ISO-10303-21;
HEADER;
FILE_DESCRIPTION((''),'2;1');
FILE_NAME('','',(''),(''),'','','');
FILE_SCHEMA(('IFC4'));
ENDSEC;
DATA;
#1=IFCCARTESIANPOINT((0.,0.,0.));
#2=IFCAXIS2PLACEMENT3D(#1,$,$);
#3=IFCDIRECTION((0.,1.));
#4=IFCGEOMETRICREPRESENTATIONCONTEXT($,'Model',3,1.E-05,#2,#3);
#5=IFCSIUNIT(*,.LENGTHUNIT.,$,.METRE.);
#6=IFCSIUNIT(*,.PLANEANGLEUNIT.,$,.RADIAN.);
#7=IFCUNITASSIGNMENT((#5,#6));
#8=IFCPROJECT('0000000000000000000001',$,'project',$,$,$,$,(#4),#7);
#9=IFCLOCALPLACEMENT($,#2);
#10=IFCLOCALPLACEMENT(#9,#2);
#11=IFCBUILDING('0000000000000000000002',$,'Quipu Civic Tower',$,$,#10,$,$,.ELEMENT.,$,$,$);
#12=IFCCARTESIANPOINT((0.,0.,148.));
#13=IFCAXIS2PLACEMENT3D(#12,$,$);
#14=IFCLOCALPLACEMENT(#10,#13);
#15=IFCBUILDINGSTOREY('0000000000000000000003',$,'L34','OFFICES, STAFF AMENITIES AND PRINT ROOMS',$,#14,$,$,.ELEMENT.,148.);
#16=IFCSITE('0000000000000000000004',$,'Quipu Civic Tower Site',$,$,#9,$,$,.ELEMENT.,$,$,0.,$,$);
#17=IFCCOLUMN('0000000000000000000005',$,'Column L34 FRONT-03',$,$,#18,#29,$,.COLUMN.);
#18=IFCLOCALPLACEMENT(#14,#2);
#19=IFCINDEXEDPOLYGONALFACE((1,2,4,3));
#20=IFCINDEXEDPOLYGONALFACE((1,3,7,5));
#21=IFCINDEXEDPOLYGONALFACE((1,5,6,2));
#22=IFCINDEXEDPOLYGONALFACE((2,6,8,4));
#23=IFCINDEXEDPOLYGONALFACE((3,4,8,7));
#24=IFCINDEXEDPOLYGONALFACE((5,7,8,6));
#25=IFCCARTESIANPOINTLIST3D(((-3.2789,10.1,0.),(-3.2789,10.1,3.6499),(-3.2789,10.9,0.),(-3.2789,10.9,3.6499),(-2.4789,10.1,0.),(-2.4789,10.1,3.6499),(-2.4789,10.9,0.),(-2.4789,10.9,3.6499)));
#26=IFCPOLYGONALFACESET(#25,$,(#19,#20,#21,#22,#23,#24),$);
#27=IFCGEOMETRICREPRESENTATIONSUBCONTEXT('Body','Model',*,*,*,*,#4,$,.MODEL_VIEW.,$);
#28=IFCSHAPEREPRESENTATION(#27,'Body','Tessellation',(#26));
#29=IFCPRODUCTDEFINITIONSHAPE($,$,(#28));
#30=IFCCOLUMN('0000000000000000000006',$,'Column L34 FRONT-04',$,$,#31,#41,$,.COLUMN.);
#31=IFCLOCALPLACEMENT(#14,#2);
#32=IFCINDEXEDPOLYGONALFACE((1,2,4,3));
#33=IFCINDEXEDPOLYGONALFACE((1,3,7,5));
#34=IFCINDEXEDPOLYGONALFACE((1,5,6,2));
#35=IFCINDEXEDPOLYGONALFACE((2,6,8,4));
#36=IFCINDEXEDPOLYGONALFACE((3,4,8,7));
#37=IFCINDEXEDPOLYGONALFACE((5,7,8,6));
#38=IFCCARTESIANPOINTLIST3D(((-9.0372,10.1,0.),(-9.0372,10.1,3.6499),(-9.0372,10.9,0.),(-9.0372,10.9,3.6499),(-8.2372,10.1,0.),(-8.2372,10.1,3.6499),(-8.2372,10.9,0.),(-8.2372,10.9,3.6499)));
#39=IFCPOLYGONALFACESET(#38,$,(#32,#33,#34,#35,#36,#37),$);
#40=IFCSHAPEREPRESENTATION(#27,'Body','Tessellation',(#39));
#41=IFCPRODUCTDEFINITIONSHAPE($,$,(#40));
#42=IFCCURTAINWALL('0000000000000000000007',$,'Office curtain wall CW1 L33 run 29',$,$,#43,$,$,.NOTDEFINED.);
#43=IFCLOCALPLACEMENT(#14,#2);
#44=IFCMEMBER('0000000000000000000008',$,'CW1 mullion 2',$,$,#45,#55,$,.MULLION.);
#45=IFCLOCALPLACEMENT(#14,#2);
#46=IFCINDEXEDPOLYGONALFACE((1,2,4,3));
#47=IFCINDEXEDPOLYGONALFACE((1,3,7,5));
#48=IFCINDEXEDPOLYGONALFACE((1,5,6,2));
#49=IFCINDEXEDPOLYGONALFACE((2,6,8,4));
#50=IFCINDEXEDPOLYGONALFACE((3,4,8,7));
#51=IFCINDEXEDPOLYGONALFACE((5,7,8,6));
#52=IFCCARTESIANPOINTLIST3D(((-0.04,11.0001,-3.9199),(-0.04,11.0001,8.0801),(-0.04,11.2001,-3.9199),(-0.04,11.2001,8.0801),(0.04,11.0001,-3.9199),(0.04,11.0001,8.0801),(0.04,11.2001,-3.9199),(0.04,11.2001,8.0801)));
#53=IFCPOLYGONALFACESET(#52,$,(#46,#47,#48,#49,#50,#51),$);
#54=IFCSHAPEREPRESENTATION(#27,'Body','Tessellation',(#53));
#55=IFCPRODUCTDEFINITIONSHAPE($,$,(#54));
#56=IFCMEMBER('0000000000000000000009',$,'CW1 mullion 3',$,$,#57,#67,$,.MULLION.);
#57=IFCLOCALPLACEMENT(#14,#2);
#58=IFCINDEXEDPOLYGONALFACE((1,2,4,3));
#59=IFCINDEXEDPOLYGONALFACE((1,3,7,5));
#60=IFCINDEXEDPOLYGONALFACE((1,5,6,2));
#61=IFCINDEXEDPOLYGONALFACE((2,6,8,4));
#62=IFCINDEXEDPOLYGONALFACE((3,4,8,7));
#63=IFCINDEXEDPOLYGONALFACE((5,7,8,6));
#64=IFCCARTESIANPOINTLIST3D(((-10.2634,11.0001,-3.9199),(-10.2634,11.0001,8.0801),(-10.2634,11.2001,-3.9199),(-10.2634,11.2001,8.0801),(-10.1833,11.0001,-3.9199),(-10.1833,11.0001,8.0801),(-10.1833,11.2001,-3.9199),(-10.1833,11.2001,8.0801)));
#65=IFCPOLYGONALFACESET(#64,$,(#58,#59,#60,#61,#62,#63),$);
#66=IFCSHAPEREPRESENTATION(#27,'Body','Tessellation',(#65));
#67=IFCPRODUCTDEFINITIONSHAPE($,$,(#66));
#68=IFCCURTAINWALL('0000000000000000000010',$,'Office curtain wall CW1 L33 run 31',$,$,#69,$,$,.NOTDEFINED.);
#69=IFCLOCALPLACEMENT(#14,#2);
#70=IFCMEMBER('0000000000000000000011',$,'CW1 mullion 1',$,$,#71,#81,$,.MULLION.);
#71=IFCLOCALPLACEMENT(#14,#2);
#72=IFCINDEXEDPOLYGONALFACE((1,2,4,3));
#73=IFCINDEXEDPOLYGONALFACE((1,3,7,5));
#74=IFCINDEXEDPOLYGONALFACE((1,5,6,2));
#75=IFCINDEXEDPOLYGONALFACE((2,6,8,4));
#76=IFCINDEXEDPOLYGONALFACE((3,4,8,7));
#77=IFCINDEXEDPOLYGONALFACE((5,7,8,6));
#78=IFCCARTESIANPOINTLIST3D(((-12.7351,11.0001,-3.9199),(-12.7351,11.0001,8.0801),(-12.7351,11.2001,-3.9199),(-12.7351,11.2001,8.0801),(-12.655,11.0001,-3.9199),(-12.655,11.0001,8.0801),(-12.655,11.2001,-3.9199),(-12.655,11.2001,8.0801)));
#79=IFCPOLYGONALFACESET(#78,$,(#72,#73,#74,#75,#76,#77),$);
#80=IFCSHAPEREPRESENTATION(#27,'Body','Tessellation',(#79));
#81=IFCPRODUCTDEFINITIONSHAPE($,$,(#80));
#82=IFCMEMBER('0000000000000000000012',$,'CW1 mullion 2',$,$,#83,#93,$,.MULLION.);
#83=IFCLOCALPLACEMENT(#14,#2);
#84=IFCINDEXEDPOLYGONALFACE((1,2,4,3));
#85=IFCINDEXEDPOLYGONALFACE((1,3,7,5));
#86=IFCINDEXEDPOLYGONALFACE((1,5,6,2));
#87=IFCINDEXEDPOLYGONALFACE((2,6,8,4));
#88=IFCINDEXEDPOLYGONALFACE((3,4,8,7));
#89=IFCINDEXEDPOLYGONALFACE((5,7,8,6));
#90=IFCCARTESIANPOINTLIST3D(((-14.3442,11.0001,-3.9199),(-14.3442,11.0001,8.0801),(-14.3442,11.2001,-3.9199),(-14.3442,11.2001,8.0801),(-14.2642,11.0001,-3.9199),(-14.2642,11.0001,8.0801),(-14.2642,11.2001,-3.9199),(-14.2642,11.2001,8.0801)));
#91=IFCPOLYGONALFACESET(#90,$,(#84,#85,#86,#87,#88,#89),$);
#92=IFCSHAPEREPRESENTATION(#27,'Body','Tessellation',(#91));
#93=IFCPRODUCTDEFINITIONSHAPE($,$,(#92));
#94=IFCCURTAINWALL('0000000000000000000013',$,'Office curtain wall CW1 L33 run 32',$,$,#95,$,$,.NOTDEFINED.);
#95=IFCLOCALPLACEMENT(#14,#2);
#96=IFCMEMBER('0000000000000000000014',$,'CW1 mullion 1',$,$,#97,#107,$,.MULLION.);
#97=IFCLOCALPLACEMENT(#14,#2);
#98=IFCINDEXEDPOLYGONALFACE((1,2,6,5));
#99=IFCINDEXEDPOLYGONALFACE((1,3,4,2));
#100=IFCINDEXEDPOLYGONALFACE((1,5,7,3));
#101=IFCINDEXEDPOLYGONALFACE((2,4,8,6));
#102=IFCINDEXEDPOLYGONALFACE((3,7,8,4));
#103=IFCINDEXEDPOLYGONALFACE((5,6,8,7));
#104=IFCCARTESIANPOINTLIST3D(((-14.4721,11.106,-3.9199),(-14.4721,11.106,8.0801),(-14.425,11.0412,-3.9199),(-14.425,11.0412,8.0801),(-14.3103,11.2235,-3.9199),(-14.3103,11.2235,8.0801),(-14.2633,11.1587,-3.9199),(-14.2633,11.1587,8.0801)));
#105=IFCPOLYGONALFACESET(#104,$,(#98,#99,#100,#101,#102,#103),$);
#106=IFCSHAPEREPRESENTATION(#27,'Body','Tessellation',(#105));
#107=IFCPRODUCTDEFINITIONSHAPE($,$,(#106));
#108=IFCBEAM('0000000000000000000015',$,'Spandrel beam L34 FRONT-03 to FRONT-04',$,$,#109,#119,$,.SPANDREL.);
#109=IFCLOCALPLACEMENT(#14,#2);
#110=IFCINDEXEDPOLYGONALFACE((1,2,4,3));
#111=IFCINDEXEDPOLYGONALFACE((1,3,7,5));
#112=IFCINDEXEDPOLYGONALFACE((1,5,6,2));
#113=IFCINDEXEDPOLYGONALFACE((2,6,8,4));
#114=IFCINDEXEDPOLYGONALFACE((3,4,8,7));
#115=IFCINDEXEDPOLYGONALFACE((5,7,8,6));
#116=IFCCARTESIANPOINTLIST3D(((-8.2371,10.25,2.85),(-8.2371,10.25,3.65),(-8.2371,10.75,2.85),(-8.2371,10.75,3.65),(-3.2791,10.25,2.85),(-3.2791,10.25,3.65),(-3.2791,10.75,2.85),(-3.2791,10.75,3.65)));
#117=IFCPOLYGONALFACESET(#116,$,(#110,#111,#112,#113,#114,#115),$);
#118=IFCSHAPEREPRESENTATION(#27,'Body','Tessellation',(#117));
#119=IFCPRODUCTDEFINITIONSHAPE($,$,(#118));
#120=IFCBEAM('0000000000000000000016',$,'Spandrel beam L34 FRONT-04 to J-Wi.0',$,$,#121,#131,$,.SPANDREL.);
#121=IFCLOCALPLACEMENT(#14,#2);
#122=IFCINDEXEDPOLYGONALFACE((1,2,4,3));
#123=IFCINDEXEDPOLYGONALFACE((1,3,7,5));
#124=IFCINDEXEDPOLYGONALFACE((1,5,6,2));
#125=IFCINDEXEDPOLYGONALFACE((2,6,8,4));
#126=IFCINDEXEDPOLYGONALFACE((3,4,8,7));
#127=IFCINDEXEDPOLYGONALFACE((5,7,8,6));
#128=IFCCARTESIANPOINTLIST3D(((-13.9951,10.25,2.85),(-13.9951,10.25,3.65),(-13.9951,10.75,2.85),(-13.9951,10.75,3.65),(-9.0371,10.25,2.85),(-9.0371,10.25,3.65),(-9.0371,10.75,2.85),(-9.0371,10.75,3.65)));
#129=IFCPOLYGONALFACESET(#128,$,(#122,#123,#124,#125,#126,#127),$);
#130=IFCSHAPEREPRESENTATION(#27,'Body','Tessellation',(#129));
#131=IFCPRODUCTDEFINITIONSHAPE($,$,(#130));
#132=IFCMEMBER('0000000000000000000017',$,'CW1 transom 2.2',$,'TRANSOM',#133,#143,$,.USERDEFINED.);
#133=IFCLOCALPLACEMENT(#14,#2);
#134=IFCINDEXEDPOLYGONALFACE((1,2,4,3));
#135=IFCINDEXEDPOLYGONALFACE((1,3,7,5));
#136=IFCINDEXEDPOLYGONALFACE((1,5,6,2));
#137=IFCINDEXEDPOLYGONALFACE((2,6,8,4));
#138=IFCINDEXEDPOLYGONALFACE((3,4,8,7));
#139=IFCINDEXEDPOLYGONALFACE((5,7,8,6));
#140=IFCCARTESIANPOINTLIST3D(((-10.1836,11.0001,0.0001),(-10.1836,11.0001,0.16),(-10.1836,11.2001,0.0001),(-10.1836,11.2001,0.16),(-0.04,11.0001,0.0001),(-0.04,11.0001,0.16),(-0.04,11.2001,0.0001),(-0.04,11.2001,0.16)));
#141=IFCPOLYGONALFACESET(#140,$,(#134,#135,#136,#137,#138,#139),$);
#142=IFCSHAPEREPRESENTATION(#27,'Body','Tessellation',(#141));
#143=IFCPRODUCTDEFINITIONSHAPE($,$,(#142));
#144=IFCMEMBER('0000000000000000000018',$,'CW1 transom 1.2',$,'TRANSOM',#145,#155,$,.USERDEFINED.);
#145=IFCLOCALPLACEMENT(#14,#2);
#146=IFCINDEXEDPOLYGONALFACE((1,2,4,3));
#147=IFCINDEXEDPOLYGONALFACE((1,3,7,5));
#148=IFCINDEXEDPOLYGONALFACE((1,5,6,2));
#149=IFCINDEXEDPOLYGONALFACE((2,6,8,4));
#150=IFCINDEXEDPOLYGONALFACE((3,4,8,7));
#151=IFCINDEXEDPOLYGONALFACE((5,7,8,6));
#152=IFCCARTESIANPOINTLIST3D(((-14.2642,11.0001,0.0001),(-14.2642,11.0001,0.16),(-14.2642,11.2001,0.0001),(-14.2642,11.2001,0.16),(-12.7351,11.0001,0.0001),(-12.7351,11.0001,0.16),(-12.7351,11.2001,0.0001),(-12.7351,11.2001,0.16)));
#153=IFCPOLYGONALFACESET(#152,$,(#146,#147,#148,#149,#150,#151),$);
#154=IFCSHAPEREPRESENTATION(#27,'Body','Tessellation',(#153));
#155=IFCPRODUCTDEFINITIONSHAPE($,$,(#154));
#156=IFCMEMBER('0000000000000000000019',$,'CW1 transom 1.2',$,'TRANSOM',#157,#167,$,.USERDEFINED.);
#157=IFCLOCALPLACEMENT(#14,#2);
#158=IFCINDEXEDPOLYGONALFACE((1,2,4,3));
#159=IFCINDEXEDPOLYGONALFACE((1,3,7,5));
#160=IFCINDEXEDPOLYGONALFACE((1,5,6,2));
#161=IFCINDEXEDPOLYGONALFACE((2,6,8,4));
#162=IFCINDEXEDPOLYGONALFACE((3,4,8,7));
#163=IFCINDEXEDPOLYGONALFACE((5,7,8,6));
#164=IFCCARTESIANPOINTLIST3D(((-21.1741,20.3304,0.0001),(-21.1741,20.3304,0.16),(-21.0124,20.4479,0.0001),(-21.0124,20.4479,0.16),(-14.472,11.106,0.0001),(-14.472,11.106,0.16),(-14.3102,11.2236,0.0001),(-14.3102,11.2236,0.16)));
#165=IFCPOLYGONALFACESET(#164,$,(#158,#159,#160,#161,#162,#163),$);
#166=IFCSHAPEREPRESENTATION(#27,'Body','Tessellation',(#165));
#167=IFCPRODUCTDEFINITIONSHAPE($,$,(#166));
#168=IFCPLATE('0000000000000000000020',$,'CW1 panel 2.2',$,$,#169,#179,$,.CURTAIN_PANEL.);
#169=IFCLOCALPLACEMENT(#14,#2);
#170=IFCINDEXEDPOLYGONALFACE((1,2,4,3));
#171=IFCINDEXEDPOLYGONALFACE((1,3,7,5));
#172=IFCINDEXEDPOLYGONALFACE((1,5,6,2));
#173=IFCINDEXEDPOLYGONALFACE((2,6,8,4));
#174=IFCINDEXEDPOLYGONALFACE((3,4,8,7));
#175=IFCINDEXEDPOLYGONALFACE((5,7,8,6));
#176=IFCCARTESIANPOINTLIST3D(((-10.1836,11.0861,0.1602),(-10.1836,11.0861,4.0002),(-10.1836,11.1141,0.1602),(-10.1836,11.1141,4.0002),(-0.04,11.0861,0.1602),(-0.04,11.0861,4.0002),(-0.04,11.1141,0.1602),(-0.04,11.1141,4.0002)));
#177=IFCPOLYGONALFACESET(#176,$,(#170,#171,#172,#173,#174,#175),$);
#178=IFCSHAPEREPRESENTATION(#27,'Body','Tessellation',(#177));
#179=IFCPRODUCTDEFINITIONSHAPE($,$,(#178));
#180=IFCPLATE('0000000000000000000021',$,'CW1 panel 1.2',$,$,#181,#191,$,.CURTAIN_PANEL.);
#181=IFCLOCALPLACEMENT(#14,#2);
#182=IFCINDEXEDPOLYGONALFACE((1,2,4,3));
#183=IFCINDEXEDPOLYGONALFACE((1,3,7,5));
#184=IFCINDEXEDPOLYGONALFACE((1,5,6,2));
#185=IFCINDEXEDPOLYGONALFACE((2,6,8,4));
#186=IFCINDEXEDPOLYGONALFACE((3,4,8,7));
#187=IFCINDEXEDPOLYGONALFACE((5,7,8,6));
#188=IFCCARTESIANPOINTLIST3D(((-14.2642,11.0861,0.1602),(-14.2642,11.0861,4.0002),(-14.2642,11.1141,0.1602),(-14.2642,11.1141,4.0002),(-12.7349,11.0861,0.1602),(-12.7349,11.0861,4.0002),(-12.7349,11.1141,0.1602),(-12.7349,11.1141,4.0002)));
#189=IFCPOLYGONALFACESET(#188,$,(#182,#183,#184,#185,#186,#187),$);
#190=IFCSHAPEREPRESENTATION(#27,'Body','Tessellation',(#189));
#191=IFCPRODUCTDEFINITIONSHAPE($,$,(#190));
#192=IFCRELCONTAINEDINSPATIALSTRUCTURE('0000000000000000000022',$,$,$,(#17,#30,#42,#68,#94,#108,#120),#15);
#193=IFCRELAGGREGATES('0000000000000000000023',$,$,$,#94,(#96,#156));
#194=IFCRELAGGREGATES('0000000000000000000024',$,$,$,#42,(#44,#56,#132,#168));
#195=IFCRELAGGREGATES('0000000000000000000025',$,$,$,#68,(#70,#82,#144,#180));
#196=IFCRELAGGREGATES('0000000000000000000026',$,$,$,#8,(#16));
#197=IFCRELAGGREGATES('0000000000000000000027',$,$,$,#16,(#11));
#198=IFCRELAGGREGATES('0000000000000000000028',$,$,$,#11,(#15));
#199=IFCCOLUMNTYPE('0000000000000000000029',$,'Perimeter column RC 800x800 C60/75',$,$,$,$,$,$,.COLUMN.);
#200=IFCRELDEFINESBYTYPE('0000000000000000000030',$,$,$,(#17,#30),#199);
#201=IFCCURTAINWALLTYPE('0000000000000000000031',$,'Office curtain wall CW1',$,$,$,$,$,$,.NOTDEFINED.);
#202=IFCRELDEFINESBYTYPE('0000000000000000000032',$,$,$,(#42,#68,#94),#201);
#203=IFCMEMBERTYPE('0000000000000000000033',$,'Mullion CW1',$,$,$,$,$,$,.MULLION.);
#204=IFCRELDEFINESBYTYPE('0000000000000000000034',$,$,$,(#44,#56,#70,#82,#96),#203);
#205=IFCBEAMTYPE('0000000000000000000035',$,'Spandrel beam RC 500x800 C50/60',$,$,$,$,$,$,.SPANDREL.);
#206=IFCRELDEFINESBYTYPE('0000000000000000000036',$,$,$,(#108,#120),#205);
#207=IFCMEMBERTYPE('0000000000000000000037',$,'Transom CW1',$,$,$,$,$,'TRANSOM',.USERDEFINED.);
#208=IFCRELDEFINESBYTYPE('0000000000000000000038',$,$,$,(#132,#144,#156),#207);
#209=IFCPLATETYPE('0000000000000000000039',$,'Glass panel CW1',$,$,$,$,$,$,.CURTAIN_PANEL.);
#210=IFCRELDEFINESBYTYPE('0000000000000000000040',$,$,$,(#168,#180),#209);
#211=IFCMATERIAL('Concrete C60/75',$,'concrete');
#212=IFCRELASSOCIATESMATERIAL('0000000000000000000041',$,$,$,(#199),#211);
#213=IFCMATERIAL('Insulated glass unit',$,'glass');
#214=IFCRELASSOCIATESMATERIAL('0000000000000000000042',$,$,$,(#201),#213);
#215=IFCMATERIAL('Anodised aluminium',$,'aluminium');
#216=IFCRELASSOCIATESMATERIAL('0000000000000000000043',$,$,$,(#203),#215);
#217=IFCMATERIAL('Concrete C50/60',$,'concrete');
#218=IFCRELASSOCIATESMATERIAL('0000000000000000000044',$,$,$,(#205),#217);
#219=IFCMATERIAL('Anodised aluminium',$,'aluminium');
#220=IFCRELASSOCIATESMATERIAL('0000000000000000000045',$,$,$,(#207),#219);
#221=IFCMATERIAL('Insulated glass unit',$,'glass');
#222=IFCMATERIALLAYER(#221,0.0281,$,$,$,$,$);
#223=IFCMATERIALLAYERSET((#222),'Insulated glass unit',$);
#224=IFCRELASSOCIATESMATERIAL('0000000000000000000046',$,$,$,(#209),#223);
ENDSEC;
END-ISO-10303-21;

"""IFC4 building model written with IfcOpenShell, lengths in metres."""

from ifc_helpers import new_model, si_unit, direction, frame, origin, origin_2d, place, context, subcontext, project, spatial, rectangle, extrude, material, layer, layer_set, material_profile, profile_set, type_object, element, aggregate, save


model = new_model("IFC4")

# Units and contexts
model_context = context("Model", 3, precision=1e-05, world=origin(), true_north=direction((0.0, 1.0)))
body_context = subcontext(model_context, "Body", "Model", "MODEL_VIEW")
ifc_project = project(units=[si_unit("LENGTHUNIT", "METRE"), si_unit("PLANEANGLEUNIT", "RADIAN")], contexts=[model_context])

# Site, building, storey
site_placement = place(None, origin())
site = spatial("IfcSite", under=ifc_project, at=site_placement, Name="Quipu Civic Tower Site", CompositionType="ELEMENT", RefElevation=0.0)
building_placement = place(site_placement, origin())
building = spatial("IfcBuilding", under=site, at=building_placement, Name="Quipu Civic Tower", CompositionType="ELEMENT")
storey_placement = place(building_placement, frame((0.0, 0.0, 148.0)))
storey = spatial("IfcBuildingStorey", under=building, at=storey_placement, Name="L34", Description="OFFICES, STAFF AMENITIES AND PRINT ROOMS", CompositionType="ELEMENT", Elevation=148.0)

# Columns
ifc_material_1 = material(Name="Concrete C60/75", Category="concrete")
ifc_material_profile_1 = material_profile(ifc_material_1, rectangle(XDim=0.8, YDim=0.8, at=origin_2d()), Name="RC800x800")
ifc_profile_set_1 = profile_set([ifc_material_profile_1], Name="Concrete C60/75")
column_type = type_object("IfcColumnType", Name="Perimeter column RC 800x800 C60/75", PredefinedType="COLUMN", material=ifc_profile_set_1)
for number, where, z_axis, x_axis, name in (
    (1, (-2.8789, 10.5, 0.0), (0.0, 0.0, 1.0), (-1.0, 0.0, 0.0), "Column L34 FRONT-03"),
    (2, (-8.6372, 10.5, 0.0), (0.0, 0.0, 1.0), (-1.0, 0.0, 0.0), "Column L34 FRONT-04"),
):
    element("IfcColumn", number, at=place(storey_placement, frame(where, z_axis=z_axis, x_axis=x_axis)), inside=storey, type_object=column_type, Name=name, PredefinedType="COLUMN", context=body_context, shape_type="SweptSolid", body=[
        extrude(rectangle(XDim=0.8, YDim=0.8, at=origin_2d()), origin(), (0.0, 0.0, 1.0), 3.6499),
    ])

# Curtain walls, members
ifc_material_2 = material(Name="Insulated glass unit", Category="glass")
curtain_wall_type = type_object("IfcCurtainWallType", Name="Office curtain wall CW1", PredefinedType="NOTDEFINED", material=ifc_material_2)
curtain_wall_1_placement = place(storey_placement, origin())
curtain_wall_1 = element("IfcCurtainWall", 3, at=curtain_wall_1_placement, inside=storey, type_object=curtain_wall_type, Name="Office curtain wall CW1 L33 run 29", PredefinedType="NOTDEFINED")
ifc_material_3 = material(Name="Anodised aluminium", Category="aluminium")
ifc_material_profile_2 = material_profile(ifc_material_3, rectangle(XDim=0.2, YDim=0.0801, at=origin_2d()), Name="RECT 200x80")
ifc_profile_set_2 = profile_set([ifc_material_profile_2], Name="Anodised aluminium")
member_type_1 = type_object("IfcMemberType", Name="Mullion CW1", PredefinedType="MULLION", material=ifc_profile_set_2)
member_1_placement = place(storey_placement, frame((0.0, 11.1001, -3.9199), z_axis=(0.0, 0.0, 1.0), x_axis=(0.0, -1.0, 0.0)))
member_1 = element("IfcMember", 4, at=member_1_placement, type_object=member_type_1, Name="CW1 mullion 2", PredefinedType="MULLION", context=body_context, shape_type="SweptSolid", body=[
    extrude(rectangle(XDim=0.2, YDim=0.0801, at=origin_2d()), origin(), (0.0, 0.0, 1.0), 12.0),
])
member_2_placement = place(storey_placement, frame((-10.2234, 11.1001, -3.9199), z_axis=(0.0, 0.0, 1.0), x_axis=(0.0, -1.0, 0.0)))
member_2 = element("IfcMember", 5, at=member_2_placement, type_object=member_type_1, Name="CW1 mullion 3", PredefinedType="MULLION", context=body_context, shape_type="SweptSolid", body=[
    extrude(rectangle(XDim=0.2, YDim=0.0801, at=origin_2d()), origin(), (0.0, 0.0, 1.0), 12.0),
])
curtain_wall_2_placement = place(storey_placement, origin())
curtain_wall_2 = element("IfcCurtainWall", 6, at=curtain_wall_2_placement, inside=storey, type_object=curtain_wall_type, Name="Office curtain wall CW1 L33 run 31", PredefinedType="NOTDEFINED")
member_3_placement = place(storey_placement, frame((-12.6951, 11.1001, -3.9199), z_axis=(0.0, 0.0, 1.0), x_axis=(0.0, -1.0, 0.0)))
member_3 = element("IfcMember", 7, at=member_3_placement, type_object=member_type_1, Name="CW1 mullion 1", PredefinedType="MULLION", context=body_context, shape_type="SweptSolid", body=[
    extrude(rectangle(XDim=0.2, YDim=0.0801, at=origin_2d()), origin(), (0.0, 0.0, 1.0), 12.0),
])
member_4_placement = place(storey_placement, frame((-14.3042, 11.1001, -3.9199), z_axis=(0.0, 0.0, 1.0), x_axis=(0.0, -1.0, 0.0)))
member_4 = element("IfcMember", 8, at=member_4_placement, type_object=member_type_1, Name="CW1 mullion 2", PredefinedType="MULLION", context=body_context, shape_type="SweptSolid", body=[
    extrude(rectangle(XDim=0.2, YDim=0.0801, at=origin_2d()), origin(), (0.0, 0.0, 1.0), 12.0),
])

# Curtain wall, member
curtain_wall_3_placement = place(storey_placement, origin())
curtain_wall_3 = element("IfcCurtainWall", 9, at=curtain_wall_3_placement, inside=storey, type_object=curtain_wall_type, Name="Office curtain wall CW1 L33 run 32", PredefinedType="NOTDEFINED")
member_5_placement = place(storey_placement, frame((-14.3677, 11.1323, -3.9199), z_axis=(0.0, 0.0, 1.0), x_axis=(-0.809014, -0.587789, 0.0)))
member_5 = element("IfcMember", 10, at=member_5_placement, type_object=member_type_1, Name="CW1 mullion 1", PredefinedType="MULLION", context=body_context, shape_type="SweptSolid", body=[
    extrude(rectangle(XDim=0.2, YDim=0.0801, at=origin_2d()), origin(), (0.0, 0.0, 1.0), 12.0),
])

# Beams
ifc_material_4 = material(Name="Concrete C50/60", Category="concrete")
ifc_material_profile_3 = material_profile(ifc_material_4, rectangle(XDim=0.5, YDim=0.8, at=origin_2d()), Name="RC500x800")
ifc_profile_set_3 = profile_set([ifc_material_profile_3], Name="Concrete C50/60")
beam_type = type_object("IfcBeamType", Name="Spandrel beam RC 500x800 C50/60", PredefinedType="SPANDREL", material=ifc_profile_set_3)
for number, where, z_axis, x_axis, name in (
    (11, (-3.2791, 10.5, 3.25), (-1.0, 0.0, 0.0), (0.0, -1.0, 0.0), "Spandrel beam L34 FRONT-03 to FRONT-04"),
    (12, (-9.0371, 10.5, 3.25), (-1.0, 0.0, 0.0), (0.0, -1.0, 0.0), "Spandrel beam L34 FRONT-04 to J-Wi.0"),
):
    element("IfcBeam", number, at=place(storey_placement, frame(where, z_axis=z_axis, x_axis=x_axis)), inside=storey, type_object=beam_type, Name=name, PredefinedType="SPANDREL", context=body_context, shape_type="SweptSolid", body=[
        extrude(rectangle(XDim=0.5, YDim=0.8, at=origin_2d()), origin(), (0.0, 0.0, 1.0), 4.958),
    ])

# Members
ifc_material_5 = material(Name="Anodised aluminium", Category="aluminium")
ifc_material_profile_4 = material_profile(ifc_material_5, rectangle(XDim=0.2, YDim=0.1599, at=origin_2d()), Name="RECT 200x160")
ifc_profile_set_4 = profile_set([ifc_material_profile_4], Name="Anodised aluminium")
member_type_2 = type_object("IfcMemberType", Name="Transom CW1", ElementType="TRANSOM", PredefinedType="USERDEFINED", material=ifc_profile_set_4)
member_6_placement = place(storey_placement, frame((-0.04, 11.1001, 0.0801), z_axis=(-1.0, 0.0, 0.0), x_axis=(0.0, -1.0, 0.0)))
member_6 = element("IfcMember", 13, at=member_6_placement, type_object=member_type_2, Name="CW1 transom 2.2", ObjectType="TRANSOM", PredefinedType="USERDEFINED", context=body_context, shape_type="SweptSolid", body=[
    extrude(rectangle(XDim=0.2, YDim=0.1599, at=origin_2d()), origin(), (0.0, 0.0, 1.0), 10.1436),
])
member_7_placement = place(storey_placement, frame((-12.7351, 11.1001, 0.0801), z_axis=(-1.0, 0.0, 0.0), x_axis=(0.0, -1.0, 0.0)))
member_7 = element("IfcMember", 14, at=member_7_placement, type_object=member_type_2, Name="CW1 transom 1.2", ObjectType="TRANSOM", PredefinedType="USERDEFINED", context=body_context, shape_type="SweptSolid", body=[
    extrude(rectangle(XDim=0.2, YDim=0.1599, at=origin_2d()), origin(), (0.0, 0.0, 1.0), 1.5291),
])
member_8_placement = place(storey_placement, frame((-14.3911, 11.1648, 0.0801), z_axis=(-0.5878, 0.809006, 0.0), x_axis=(-0.809006, -0.5878, 0.0)))
member_8 = element("IfcMember", 15, at=member_8_placement, type_object=member_type_2, Name="CW1 transom 1.2", ObjectType="TRANSOM", PredefinedType="USERDEFINED", context=body_context, shape_type="SweptSolid", body=[
    extrude(rectangle(XDim=0.2, YDim=0.1599, at=origin_2d()), origin(), (0.0, 0.0, 1.0), 11.4021),
])
aggregate(curtain_wall_3, [member_5, member_8])

# Plates
ifc_material_6 = material(Name="Insulated glass unit", Category="glass")
ifc_layer_1 = layer(ifc_material_6, 0.0281)
ifc_layer_set_1 = layer_set([ifc_layer_1], Name="Insulated glass unit")
plate_type_1 = type_object("IfcPlateType", Name="Glass panel CW1", PredefinedType="CURTAIN_PANEL", material=ifc_layer_set_1)
plate_1_placement = place(storey_placement, frame((-5.1118, 11.1001, 0.1602), z_axis=(0.0, 0.0, 1.0), x_axis=(-1.0, 0.0, 0.0)))
plate_1 = element("IfcPlate", 16, at=plate_1_placement, type_object=plate_type_1, Name="CW1 panel 2.2", PredefinedType="CURTAIN_PANEL", context=body_context, shape_type="SweptSolid", body=[
    extrude(rectangle(XDim=10.1436, YDim=0.0281, at=origin_2d()), origin(), (0.0, 0.0, 1.0), 3.8401),
])
aggregate(curtain_wall_1, [member_1, member_2, member_6, plate_1])
plate_2_placement = place(storey_placement, frame((-13.4995, 11.1001, 0.1602), z_axis=(0.0, 0.0, 1.0), x_axis=(-1.0, 0.0, 0.0)))
plate_2 = element("IfcPlate", 17, at=plate_2_placement, type_object=plate_type_1, Name="CW1 panel 1.2", PredefinedType="CURTAIN_PANEL", context=body_context, shape_type="SweptSolid", body=[
    extrude(rectangle(XDim=1.5293, YDim=0.0281, at=origin_2d()), origin(), (0.0, 0.0, 1.0), 3.8401),
])
aggregate(curtain_wall_2, [member_3, member_4, member_7, plate_2])

save(model, "model.ifc")
